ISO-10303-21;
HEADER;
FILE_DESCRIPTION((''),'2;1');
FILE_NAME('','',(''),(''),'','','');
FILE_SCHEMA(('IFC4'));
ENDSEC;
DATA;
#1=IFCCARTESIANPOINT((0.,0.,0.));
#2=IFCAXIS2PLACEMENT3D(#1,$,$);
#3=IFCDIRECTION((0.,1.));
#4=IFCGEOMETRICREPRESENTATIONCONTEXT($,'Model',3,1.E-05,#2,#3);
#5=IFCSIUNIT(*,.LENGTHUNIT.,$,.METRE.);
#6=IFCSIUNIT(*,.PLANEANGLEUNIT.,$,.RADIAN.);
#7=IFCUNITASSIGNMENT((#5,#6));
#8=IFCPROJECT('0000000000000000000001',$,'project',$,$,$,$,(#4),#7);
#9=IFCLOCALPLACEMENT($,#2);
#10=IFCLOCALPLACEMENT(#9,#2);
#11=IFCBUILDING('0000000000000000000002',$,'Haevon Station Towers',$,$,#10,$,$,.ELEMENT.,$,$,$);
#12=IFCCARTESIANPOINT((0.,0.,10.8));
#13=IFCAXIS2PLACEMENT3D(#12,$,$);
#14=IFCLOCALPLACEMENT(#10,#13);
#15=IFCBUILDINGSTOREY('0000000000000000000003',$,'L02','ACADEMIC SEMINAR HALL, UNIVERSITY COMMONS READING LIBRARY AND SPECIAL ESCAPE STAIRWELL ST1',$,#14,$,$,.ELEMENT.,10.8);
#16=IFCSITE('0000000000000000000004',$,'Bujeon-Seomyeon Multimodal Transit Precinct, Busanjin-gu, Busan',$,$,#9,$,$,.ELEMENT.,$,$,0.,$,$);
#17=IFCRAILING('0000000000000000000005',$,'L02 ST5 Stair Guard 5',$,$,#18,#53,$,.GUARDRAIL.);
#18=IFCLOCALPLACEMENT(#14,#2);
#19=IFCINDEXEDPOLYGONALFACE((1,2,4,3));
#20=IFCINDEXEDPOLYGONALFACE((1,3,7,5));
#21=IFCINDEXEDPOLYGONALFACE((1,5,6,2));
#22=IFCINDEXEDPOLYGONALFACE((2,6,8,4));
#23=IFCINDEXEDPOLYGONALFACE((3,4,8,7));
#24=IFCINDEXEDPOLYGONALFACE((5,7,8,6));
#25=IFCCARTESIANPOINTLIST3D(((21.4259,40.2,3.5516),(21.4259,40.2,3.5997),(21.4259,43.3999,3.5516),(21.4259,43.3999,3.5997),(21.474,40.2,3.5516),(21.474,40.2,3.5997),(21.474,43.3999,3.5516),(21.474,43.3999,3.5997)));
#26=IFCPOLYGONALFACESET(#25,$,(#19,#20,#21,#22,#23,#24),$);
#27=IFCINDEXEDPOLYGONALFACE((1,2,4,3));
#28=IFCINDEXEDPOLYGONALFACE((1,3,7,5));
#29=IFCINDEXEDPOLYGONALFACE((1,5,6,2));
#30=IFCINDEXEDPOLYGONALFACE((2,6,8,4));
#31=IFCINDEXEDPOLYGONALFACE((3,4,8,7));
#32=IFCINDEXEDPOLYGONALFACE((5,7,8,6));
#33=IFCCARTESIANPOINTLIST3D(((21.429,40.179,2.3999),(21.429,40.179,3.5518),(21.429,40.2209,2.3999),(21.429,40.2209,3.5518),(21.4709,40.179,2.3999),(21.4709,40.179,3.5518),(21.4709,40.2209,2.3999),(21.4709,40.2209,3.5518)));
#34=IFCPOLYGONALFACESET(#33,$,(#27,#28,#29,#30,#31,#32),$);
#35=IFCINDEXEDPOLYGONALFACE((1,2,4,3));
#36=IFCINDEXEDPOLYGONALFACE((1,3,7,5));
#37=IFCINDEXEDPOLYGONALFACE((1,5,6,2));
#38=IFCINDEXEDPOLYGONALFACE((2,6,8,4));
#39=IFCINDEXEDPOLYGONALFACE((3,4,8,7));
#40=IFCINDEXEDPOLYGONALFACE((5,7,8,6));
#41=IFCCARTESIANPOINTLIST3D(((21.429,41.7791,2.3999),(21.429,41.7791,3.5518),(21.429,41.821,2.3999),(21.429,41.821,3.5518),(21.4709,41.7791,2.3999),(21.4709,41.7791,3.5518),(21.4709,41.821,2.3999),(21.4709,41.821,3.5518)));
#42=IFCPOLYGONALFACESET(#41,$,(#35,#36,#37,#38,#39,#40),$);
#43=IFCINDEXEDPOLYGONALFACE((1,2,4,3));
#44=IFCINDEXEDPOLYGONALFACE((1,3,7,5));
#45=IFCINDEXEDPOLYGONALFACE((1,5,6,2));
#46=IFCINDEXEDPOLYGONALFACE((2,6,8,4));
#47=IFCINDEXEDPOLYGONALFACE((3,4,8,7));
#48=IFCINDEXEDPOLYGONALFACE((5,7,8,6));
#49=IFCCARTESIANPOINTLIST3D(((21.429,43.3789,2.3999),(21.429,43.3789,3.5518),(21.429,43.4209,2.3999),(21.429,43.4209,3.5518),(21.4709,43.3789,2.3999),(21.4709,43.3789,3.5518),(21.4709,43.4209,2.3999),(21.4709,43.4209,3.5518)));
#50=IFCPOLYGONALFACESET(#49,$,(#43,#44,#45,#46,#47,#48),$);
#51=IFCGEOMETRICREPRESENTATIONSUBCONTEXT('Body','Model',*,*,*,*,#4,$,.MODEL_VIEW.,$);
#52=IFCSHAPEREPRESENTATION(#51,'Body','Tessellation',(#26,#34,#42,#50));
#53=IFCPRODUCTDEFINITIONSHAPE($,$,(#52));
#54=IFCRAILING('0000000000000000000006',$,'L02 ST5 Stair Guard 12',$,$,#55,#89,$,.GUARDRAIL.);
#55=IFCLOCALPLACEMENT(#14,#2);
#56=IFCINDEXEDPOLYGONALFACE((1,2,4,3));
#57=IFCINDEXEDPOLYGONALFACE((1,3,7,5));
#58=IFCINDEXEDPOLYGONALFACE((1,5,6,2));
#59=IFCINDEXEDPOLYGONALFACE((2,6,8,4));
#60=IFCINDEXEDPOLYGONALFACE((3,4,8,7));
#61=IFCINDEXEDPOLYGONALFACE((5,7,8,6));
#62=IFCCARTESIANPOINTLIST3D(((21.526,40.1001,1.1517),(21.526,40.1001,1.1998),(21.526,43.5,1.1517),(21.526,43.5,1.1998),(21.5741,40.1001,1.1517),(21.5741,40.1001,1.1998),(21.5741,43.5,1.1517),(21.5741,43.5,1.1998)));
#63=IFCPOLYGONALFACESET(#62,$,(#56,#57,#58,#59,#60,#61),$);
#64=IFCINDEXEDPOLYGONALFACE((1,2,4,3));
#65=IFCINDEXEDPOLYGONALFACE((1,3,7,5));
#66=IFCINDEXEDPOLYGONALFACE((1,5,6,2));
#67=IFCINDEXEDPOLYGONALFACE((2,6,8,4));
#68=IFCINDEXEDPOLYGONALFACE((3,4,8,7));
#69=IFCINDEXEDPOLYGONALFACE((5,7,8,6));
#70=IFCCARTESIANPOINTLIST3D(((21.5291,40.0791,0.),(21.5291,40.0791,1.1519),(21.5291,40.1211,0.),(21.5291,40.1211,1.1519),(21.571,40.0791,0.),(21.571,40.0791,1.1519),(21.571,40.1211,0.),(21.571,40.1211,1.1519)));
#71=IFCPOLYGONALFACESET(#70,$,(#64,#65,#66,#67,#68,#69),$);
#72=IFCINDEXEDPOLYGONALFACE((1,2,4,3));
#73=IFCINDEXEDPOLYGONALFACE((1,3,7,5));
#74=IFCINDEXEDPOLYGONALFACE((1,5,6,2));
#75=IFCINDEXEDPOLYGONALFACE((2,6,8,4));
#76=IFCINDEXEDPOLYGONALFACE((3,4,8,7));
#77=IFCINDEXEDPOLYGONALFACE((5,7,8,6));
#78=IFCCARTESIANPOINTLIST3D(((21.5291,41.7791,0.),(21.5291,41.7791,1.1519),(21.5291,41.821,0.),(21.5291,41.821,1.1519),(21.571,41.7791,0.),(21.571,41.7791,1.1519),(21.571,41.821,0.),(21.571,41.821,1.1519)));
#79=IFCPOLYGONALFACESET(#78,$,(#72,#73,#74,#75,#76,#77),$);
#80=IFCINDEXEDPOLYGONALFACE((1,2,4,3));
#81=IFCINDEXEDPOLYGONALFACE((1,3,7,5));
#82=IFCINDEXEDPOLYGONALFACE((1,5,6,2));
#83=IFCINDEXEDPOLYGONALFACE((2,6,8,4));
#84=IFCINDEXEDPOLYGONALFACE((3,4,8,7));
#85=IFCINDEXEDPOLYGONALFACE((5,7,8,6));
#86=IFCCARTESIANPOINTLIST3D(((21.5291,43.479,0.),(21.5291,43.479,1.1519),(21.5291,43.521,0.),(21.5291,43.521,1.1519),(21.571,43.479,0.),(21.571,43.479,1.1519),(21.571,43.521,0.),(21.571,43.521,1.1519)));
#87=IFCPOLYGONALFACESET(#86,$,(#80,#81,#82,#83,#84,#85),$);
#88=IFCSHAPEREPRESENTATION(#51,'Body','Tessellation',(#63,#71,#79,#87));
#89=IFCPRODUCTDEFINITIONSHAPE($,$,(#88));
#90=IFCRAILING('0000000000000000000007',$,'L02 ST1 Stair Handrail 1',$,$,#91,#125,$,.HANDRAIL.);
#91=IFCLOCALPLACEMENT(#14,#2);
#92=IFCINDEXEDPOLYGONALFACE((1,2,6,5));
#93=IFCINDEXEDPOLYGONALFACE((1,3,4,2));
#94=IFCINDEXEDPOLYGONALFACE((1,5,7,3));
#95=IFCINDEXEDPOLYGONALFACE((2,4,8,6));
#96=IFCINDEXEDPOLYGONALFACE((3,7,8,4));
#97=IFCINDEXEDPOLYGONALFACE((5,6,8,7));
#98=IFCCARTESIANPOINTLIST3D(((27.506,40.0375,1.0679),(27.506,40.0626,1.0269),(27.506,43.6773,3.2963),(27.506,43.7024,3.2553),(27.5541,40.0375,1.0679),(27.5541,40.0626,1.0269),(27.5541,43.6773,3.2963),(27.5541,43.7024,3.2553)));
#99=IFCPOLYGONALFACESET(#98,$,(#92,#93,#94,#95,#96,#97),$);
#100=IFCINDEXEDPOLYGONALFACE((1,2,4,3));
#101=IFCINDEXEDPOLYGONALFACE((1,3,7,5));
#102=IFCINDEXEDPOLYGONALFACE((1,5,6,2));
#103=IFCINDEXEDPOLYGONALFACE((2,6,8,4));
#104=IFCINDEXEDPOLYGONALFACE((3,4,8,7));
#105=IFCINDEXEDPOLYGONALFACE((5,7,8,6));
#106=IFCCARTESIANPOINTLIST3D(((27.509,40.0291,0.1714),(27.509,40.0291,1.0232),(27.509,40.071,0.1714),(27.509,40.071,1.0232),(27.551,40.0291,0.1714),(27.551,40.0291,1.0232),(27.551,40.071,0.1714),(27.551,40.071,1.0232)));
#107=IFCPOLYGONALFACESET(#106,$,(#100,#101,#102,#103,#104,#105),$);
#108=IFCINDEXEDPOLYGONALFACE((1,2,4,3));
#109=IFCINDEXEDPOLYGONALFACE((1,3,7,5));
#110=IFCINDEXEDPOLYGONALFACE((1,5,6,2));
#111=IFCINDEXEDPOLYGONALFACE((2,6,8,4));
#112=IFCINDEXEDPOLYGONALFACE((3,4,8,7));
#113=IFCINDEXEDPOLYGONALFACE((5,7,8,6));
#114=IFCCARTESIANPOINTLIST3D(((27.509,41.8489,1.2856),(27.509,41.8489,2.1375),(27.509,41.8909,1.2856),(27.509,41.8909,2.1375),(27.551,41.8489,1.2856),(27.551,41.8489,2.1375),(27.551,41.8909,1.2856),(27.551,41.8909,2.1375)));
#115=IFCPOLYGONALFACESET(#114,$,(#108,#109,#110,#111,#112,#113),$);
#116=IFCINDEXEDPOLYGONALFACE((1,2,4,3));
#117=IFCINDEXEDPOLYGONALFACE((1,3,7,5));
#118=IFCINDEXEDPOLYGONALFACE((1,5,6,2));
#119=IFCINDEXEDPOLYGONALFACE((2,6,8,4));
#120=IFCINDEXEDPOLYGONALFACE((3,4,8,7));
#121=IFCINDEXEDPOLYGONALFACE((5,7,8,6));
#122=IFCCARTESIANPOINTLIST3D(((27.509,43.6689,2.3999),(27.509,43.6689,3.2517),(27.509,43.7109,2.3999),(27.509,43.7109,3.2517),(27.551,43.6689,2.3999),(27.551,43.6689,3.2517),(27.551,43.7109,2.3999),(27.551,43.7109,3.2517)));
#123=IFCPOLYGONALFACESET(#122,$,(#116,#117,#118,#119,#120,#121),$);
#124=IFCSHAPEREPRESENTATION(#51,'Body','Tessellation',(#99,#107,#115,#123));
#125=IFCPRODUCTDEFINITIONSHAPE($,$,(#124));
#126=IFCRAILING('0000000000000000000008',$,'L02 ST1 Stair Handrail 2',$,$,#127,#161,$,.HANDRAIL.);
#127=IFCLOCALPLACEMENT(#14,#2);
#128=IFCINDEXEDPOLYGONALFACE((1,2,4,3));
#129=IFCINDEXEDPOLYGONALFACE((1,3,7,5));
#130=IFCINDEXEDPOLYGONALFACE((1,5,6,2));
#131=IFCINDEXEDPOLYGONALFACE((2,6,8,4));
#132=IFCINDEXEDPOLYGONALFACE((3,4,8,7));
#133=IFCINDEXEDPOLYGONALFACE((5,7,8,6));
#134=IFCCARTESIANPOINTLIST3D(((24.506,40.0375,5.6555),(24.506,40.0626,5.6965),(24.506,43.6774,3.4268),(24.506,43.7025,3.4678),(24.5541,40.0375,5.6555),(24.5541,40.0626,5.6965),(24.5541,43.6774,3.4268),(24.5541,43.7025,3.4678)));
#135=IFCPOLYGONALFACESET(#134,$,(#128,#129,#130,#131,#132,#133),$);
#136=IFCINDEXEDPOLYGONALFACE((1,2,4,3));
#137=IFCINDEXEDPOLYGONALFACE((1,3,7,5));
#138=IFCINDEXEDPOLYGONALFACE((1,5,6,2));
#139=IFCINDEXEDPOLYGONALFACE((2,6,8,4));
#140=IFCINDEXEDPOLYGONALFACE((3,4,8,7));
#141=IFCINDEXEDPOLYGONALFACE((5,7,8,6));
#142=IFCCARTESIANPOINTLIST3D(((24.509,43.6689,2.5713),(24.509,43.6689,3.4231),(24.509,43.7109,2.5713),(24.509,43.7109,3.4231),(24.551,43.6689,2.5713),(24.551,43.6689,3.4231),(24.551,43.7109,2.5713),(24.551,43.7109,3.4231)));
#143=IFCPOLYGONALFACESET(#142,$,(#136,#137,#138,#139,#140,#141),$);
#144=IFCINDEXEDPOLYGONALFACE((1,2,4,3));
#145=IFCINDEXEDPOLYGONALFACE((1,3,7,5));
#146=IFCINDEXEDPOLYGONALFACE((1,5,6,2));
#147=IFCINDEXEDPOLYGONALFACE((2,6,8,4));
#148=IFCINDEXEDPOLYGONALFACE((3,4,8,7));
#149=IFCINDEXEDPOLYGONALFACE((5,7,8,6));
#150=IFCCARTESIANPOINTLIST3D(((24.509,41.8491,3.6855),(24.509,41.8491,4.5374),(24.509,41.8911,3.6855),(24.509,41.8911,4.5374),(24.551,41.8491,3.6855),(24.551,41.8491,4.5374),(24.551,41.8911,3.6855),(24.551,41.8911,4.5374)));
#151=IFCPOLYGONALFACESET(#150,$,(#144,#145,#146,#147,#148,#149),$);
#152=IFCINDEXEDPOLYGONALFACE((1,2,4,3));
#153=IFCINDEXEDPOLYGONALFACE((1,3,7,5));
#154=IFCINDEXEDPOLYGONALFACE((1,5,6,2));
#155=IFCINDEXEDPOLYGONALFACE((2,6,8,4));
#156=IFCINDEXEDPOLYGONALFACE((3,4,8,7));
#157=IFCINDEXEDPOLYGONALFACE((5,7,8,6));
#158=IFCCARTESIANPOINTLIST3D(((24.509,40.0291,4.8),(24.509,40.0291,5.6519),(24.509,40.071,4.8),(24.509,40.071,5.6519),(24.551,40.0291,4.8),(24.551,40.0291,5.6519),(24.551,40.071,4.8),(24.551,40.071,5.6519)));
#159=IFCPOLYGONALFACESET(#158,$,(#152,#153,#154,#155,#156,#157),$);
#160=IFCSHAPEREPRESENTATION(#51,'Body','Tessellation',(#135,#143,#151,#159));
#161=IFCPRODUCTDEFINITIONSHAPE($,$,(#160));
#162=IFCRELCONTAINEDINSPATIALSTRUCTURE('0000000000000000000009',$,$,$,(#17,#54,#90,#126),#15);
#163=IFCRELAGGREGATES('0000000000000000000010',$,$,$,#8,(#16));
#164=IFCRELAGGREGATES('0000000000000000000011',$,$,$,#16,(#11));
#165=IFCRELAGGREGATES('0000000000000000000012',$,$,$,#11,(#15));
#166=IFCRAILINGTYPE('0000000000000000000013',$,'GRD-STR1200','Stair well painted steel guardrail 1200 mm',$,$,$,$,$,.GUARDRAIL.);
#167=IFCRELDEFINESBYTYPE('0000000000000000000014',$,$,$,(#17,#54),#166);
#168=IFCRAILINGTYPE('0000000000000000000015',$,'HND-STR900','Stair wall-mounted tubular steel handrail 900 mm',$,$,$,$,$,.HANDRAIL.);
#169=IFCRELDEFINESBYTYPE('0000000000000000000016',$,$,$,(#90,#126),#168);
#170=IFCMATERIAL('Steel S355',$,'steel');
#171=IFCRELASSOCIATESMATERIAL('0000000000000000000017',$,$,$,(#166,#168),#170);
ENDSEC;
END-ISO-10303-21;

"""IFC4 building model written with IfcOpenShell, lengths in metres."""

from ifc_helpers import new_model, si_unit, direction, frame, origin, origin_2d, place, context, subcontext, project, spatial, rectangle, extrude, material, type_object, element, save


model = new_model("IFC4")

# Units and contexts
model_context = context("Model", 3, precision=1e-05, world=origin(), true_north=direction((0.0, 1.0)))
body_context = subcontext(model_context, "Body", "Model", "MODEL_VIEW")
ifc_project = project(units=[si_unit("LENGTHUNIT", "METRE"), si_unit("PLANEANGLEUNIT", "RADIAN")], contexts=[model_context])

# Site, building, storey
site_placement = place(None, origin())
site = spatial("IfcSite", under=ifc_project, at=site_placement, Name="Bujeon-Seomyeon Multimodal Transit Precinct, Busanjin-gu, Busan", CompositionType="ELEMENT", RefElevation=0.0)
building_placement = place(site_placement, origin())
building = spatial("IfcBuilding", under=site, at=building_placement, Name="Haevon Station Towers", CompositionType="ELEMENT")
storey_placement = place(building_placement, frame((0.0, 0.0, 10.8)))
storey = spatial("IfcBuildingStorey", under=building, at=storey_placement, Name="L02", Description="ACADEMIC SEMINAR HALL, UNIVERSITY COMMONS READING LIBRARY AND SPECIAL ESCAPE STAIRWELL ST1", CompositionType="ELEMENT", Elevation=10.8)

# Shared definitions
ifc_material_1 = material(Name="Steel S355", Category="steel")

# Railings
railing_type_1 = type_object("IfcRailingType", Name="GRD-STR1200", Description="Stair well painted steel guardrail 1200 mm", PredefinedType="GUARDRAIL", material=ifc_material_1)
railing_1_placement = place(storey_placement, frame((21.45, 40.2, 2.3999)))
element("IfcRailing", 1, at=railing_1_placement, inside=storey, type_object=railing_type_1, Name="L02 ST5 Stair Guard 5", PredefinedType="GUARDRAIL", context=body_context, shape_type="SweptSolid", body=[
    extrude(rectangle(XDim=0.0481, YDim=0.0481, at=origin_2d()), frame((0.0, 0.0, 1.1758), z_axis=(0.0, 1.0, 0.0), x_axis=(-1.0, 0.0, 0.0)), (0.0, 0.0, 1.0), 3.2),
    extrude(rectangle(XDim=0.042, YDim=0.042, at=origin_2d()), origin(), (0.0, 0.0, 1.0), 1.1519),
    extrude(rectangle(XDim=0.042, YDim=0.042, at=origin_2d()), frame((0.0, 1.6001, 0.0)), (0.0, 0.0, 1.0), 1.1519),
    extrude(rectangle(XDim=0.042, YDim=0.042, at=origin_2d()), frame((0.0, 3.2, 0.0)), (0.0, 0.0, 1.0), 1.1519),
])
railing_2_placement = place(storey_placement, frame((21.55, 40.1001, 0.0)))
element("IfcRailing", 2, at=railing_2_placement, inside=storey, type_object=railing_type_1, Name="L02 ST5 Stair Guard 12", PredefinedType="GUARDRAIL", context=body_context, shape_type="SweptSolid", body=[
    extrude(rectangle(XDim=0.0481, YDim=0.0481, at=origin_2d()), frame((0.0, 0.0, 1.1758), z_axis=(0.0, 1.0, 0.0), x_axis=(-1.0, 0.0, 0.0)), (0.0, 0.0, 1.0), 3.3999),
    extrude(rectangle(XDim=0.042, YDim=0.042, at=origin_2d()), origin(), (0.0, 0.0, 1.0), 1.1519),
    extrude(rectangle(XDim=0.042, YDim=0.042, at=origin_2d()), frame((0.0, 1.7, 0.0)), (0.0, 0.0, 1.0), 1.1519),
    extrude(rectangle(XDim=0.042, YDim=0.042, at=origin_2d()), frame((0.0, 3.3999, 0.0)), (0.0, 0.0, 1.0), 1.1519),
])
railing_type_2 = type_object("IfcRailingType", Name="HND-STR900", Description="Stair wall-mounted tubular steel handrail 900 mm", PredefinedType="HANDRAIL", material=ifc_material_1)
railing_3_placement = place(storey_placement, frame((27.53, 40.05, 0.1714)))
element("IfcRailing", 3, at=railing_3_placement, inside=storey, type_object=railing_type_2, Name="L02 ST1 Stair Handrail 1", PredefinedType="HANDRAIL", context=body_context, shape_type="SweptSolid", body=[
    extrude(rectangle(XDim=0.0481, YDim=0.0481, at=origin_2d()), frame((0.0, 0.0, 0.876), z_axis=(0.0, 0.85285, 0.522156), x_axis=(-1.0, 0.0, 0.0)), (0.0, 0.0, 1.0), 4.2678),
    extrude(rectangle(XDim=0.042, YDim=0.042, at=origin_2d()), origin(), (0.0, 0.0, 1.0), 0.8518),
    extrude(rectangle(XDim=0.042, YDim=0.042, at=origin_2d()), frame((0.0, 1.8198, 1.1143)), (0.0, 0.0, 1.0), 0.8518),
    extrude(rectangle(XDim=0.042, YDim=0.042, at=origin_2d()), frame((0.0, 3.6399, 2.2285)), (0.0, 0.0, 1.0), 0.8518),
])
railing_4_placement = place(storey_placement, frame((24.53, 43.6899, 2.5713)))
element("IfcRailing", 4, at=railing_4_placement, inside=storey, type_object=railing_type_2, Name="L02 ST1 Stair Handrail 2", PredefinedType="HANDRAIL", context=body_context, shape_type="SweptSolid", body=[
    extrude(rectangle(XDim=0.0481, YDim=0.0481, at=origin_2d()), frame((0.0, 0.0, 0.876), z_axis=(0.0, -0.852825, 0.522197), x_axis=(1.0, 0.0, 0.0)), (0.0, 0.0, 1.0), 4.2681),
    extrude(rectangle(XDim=0.042, YDim=0.042, at=origin_2d()), origin(), (0.0, 0.0, 1.0), 0.8518),
    extrude(rectangle(XDim=0.042, YDim=0.042, at=origin_2d()), frame((0.0, -1.8198, 1.1143)), (0.0, 0.0, 1.0), 0.8518),
    extrude(rectangle(XDim=0.042, YDim=0.042, at=origin_2d()), frame((0.0, -3.6399, 2.2288)), (0.0, 0.0, 1.0), 0.8518),
])

save(model, "model.ifc")
